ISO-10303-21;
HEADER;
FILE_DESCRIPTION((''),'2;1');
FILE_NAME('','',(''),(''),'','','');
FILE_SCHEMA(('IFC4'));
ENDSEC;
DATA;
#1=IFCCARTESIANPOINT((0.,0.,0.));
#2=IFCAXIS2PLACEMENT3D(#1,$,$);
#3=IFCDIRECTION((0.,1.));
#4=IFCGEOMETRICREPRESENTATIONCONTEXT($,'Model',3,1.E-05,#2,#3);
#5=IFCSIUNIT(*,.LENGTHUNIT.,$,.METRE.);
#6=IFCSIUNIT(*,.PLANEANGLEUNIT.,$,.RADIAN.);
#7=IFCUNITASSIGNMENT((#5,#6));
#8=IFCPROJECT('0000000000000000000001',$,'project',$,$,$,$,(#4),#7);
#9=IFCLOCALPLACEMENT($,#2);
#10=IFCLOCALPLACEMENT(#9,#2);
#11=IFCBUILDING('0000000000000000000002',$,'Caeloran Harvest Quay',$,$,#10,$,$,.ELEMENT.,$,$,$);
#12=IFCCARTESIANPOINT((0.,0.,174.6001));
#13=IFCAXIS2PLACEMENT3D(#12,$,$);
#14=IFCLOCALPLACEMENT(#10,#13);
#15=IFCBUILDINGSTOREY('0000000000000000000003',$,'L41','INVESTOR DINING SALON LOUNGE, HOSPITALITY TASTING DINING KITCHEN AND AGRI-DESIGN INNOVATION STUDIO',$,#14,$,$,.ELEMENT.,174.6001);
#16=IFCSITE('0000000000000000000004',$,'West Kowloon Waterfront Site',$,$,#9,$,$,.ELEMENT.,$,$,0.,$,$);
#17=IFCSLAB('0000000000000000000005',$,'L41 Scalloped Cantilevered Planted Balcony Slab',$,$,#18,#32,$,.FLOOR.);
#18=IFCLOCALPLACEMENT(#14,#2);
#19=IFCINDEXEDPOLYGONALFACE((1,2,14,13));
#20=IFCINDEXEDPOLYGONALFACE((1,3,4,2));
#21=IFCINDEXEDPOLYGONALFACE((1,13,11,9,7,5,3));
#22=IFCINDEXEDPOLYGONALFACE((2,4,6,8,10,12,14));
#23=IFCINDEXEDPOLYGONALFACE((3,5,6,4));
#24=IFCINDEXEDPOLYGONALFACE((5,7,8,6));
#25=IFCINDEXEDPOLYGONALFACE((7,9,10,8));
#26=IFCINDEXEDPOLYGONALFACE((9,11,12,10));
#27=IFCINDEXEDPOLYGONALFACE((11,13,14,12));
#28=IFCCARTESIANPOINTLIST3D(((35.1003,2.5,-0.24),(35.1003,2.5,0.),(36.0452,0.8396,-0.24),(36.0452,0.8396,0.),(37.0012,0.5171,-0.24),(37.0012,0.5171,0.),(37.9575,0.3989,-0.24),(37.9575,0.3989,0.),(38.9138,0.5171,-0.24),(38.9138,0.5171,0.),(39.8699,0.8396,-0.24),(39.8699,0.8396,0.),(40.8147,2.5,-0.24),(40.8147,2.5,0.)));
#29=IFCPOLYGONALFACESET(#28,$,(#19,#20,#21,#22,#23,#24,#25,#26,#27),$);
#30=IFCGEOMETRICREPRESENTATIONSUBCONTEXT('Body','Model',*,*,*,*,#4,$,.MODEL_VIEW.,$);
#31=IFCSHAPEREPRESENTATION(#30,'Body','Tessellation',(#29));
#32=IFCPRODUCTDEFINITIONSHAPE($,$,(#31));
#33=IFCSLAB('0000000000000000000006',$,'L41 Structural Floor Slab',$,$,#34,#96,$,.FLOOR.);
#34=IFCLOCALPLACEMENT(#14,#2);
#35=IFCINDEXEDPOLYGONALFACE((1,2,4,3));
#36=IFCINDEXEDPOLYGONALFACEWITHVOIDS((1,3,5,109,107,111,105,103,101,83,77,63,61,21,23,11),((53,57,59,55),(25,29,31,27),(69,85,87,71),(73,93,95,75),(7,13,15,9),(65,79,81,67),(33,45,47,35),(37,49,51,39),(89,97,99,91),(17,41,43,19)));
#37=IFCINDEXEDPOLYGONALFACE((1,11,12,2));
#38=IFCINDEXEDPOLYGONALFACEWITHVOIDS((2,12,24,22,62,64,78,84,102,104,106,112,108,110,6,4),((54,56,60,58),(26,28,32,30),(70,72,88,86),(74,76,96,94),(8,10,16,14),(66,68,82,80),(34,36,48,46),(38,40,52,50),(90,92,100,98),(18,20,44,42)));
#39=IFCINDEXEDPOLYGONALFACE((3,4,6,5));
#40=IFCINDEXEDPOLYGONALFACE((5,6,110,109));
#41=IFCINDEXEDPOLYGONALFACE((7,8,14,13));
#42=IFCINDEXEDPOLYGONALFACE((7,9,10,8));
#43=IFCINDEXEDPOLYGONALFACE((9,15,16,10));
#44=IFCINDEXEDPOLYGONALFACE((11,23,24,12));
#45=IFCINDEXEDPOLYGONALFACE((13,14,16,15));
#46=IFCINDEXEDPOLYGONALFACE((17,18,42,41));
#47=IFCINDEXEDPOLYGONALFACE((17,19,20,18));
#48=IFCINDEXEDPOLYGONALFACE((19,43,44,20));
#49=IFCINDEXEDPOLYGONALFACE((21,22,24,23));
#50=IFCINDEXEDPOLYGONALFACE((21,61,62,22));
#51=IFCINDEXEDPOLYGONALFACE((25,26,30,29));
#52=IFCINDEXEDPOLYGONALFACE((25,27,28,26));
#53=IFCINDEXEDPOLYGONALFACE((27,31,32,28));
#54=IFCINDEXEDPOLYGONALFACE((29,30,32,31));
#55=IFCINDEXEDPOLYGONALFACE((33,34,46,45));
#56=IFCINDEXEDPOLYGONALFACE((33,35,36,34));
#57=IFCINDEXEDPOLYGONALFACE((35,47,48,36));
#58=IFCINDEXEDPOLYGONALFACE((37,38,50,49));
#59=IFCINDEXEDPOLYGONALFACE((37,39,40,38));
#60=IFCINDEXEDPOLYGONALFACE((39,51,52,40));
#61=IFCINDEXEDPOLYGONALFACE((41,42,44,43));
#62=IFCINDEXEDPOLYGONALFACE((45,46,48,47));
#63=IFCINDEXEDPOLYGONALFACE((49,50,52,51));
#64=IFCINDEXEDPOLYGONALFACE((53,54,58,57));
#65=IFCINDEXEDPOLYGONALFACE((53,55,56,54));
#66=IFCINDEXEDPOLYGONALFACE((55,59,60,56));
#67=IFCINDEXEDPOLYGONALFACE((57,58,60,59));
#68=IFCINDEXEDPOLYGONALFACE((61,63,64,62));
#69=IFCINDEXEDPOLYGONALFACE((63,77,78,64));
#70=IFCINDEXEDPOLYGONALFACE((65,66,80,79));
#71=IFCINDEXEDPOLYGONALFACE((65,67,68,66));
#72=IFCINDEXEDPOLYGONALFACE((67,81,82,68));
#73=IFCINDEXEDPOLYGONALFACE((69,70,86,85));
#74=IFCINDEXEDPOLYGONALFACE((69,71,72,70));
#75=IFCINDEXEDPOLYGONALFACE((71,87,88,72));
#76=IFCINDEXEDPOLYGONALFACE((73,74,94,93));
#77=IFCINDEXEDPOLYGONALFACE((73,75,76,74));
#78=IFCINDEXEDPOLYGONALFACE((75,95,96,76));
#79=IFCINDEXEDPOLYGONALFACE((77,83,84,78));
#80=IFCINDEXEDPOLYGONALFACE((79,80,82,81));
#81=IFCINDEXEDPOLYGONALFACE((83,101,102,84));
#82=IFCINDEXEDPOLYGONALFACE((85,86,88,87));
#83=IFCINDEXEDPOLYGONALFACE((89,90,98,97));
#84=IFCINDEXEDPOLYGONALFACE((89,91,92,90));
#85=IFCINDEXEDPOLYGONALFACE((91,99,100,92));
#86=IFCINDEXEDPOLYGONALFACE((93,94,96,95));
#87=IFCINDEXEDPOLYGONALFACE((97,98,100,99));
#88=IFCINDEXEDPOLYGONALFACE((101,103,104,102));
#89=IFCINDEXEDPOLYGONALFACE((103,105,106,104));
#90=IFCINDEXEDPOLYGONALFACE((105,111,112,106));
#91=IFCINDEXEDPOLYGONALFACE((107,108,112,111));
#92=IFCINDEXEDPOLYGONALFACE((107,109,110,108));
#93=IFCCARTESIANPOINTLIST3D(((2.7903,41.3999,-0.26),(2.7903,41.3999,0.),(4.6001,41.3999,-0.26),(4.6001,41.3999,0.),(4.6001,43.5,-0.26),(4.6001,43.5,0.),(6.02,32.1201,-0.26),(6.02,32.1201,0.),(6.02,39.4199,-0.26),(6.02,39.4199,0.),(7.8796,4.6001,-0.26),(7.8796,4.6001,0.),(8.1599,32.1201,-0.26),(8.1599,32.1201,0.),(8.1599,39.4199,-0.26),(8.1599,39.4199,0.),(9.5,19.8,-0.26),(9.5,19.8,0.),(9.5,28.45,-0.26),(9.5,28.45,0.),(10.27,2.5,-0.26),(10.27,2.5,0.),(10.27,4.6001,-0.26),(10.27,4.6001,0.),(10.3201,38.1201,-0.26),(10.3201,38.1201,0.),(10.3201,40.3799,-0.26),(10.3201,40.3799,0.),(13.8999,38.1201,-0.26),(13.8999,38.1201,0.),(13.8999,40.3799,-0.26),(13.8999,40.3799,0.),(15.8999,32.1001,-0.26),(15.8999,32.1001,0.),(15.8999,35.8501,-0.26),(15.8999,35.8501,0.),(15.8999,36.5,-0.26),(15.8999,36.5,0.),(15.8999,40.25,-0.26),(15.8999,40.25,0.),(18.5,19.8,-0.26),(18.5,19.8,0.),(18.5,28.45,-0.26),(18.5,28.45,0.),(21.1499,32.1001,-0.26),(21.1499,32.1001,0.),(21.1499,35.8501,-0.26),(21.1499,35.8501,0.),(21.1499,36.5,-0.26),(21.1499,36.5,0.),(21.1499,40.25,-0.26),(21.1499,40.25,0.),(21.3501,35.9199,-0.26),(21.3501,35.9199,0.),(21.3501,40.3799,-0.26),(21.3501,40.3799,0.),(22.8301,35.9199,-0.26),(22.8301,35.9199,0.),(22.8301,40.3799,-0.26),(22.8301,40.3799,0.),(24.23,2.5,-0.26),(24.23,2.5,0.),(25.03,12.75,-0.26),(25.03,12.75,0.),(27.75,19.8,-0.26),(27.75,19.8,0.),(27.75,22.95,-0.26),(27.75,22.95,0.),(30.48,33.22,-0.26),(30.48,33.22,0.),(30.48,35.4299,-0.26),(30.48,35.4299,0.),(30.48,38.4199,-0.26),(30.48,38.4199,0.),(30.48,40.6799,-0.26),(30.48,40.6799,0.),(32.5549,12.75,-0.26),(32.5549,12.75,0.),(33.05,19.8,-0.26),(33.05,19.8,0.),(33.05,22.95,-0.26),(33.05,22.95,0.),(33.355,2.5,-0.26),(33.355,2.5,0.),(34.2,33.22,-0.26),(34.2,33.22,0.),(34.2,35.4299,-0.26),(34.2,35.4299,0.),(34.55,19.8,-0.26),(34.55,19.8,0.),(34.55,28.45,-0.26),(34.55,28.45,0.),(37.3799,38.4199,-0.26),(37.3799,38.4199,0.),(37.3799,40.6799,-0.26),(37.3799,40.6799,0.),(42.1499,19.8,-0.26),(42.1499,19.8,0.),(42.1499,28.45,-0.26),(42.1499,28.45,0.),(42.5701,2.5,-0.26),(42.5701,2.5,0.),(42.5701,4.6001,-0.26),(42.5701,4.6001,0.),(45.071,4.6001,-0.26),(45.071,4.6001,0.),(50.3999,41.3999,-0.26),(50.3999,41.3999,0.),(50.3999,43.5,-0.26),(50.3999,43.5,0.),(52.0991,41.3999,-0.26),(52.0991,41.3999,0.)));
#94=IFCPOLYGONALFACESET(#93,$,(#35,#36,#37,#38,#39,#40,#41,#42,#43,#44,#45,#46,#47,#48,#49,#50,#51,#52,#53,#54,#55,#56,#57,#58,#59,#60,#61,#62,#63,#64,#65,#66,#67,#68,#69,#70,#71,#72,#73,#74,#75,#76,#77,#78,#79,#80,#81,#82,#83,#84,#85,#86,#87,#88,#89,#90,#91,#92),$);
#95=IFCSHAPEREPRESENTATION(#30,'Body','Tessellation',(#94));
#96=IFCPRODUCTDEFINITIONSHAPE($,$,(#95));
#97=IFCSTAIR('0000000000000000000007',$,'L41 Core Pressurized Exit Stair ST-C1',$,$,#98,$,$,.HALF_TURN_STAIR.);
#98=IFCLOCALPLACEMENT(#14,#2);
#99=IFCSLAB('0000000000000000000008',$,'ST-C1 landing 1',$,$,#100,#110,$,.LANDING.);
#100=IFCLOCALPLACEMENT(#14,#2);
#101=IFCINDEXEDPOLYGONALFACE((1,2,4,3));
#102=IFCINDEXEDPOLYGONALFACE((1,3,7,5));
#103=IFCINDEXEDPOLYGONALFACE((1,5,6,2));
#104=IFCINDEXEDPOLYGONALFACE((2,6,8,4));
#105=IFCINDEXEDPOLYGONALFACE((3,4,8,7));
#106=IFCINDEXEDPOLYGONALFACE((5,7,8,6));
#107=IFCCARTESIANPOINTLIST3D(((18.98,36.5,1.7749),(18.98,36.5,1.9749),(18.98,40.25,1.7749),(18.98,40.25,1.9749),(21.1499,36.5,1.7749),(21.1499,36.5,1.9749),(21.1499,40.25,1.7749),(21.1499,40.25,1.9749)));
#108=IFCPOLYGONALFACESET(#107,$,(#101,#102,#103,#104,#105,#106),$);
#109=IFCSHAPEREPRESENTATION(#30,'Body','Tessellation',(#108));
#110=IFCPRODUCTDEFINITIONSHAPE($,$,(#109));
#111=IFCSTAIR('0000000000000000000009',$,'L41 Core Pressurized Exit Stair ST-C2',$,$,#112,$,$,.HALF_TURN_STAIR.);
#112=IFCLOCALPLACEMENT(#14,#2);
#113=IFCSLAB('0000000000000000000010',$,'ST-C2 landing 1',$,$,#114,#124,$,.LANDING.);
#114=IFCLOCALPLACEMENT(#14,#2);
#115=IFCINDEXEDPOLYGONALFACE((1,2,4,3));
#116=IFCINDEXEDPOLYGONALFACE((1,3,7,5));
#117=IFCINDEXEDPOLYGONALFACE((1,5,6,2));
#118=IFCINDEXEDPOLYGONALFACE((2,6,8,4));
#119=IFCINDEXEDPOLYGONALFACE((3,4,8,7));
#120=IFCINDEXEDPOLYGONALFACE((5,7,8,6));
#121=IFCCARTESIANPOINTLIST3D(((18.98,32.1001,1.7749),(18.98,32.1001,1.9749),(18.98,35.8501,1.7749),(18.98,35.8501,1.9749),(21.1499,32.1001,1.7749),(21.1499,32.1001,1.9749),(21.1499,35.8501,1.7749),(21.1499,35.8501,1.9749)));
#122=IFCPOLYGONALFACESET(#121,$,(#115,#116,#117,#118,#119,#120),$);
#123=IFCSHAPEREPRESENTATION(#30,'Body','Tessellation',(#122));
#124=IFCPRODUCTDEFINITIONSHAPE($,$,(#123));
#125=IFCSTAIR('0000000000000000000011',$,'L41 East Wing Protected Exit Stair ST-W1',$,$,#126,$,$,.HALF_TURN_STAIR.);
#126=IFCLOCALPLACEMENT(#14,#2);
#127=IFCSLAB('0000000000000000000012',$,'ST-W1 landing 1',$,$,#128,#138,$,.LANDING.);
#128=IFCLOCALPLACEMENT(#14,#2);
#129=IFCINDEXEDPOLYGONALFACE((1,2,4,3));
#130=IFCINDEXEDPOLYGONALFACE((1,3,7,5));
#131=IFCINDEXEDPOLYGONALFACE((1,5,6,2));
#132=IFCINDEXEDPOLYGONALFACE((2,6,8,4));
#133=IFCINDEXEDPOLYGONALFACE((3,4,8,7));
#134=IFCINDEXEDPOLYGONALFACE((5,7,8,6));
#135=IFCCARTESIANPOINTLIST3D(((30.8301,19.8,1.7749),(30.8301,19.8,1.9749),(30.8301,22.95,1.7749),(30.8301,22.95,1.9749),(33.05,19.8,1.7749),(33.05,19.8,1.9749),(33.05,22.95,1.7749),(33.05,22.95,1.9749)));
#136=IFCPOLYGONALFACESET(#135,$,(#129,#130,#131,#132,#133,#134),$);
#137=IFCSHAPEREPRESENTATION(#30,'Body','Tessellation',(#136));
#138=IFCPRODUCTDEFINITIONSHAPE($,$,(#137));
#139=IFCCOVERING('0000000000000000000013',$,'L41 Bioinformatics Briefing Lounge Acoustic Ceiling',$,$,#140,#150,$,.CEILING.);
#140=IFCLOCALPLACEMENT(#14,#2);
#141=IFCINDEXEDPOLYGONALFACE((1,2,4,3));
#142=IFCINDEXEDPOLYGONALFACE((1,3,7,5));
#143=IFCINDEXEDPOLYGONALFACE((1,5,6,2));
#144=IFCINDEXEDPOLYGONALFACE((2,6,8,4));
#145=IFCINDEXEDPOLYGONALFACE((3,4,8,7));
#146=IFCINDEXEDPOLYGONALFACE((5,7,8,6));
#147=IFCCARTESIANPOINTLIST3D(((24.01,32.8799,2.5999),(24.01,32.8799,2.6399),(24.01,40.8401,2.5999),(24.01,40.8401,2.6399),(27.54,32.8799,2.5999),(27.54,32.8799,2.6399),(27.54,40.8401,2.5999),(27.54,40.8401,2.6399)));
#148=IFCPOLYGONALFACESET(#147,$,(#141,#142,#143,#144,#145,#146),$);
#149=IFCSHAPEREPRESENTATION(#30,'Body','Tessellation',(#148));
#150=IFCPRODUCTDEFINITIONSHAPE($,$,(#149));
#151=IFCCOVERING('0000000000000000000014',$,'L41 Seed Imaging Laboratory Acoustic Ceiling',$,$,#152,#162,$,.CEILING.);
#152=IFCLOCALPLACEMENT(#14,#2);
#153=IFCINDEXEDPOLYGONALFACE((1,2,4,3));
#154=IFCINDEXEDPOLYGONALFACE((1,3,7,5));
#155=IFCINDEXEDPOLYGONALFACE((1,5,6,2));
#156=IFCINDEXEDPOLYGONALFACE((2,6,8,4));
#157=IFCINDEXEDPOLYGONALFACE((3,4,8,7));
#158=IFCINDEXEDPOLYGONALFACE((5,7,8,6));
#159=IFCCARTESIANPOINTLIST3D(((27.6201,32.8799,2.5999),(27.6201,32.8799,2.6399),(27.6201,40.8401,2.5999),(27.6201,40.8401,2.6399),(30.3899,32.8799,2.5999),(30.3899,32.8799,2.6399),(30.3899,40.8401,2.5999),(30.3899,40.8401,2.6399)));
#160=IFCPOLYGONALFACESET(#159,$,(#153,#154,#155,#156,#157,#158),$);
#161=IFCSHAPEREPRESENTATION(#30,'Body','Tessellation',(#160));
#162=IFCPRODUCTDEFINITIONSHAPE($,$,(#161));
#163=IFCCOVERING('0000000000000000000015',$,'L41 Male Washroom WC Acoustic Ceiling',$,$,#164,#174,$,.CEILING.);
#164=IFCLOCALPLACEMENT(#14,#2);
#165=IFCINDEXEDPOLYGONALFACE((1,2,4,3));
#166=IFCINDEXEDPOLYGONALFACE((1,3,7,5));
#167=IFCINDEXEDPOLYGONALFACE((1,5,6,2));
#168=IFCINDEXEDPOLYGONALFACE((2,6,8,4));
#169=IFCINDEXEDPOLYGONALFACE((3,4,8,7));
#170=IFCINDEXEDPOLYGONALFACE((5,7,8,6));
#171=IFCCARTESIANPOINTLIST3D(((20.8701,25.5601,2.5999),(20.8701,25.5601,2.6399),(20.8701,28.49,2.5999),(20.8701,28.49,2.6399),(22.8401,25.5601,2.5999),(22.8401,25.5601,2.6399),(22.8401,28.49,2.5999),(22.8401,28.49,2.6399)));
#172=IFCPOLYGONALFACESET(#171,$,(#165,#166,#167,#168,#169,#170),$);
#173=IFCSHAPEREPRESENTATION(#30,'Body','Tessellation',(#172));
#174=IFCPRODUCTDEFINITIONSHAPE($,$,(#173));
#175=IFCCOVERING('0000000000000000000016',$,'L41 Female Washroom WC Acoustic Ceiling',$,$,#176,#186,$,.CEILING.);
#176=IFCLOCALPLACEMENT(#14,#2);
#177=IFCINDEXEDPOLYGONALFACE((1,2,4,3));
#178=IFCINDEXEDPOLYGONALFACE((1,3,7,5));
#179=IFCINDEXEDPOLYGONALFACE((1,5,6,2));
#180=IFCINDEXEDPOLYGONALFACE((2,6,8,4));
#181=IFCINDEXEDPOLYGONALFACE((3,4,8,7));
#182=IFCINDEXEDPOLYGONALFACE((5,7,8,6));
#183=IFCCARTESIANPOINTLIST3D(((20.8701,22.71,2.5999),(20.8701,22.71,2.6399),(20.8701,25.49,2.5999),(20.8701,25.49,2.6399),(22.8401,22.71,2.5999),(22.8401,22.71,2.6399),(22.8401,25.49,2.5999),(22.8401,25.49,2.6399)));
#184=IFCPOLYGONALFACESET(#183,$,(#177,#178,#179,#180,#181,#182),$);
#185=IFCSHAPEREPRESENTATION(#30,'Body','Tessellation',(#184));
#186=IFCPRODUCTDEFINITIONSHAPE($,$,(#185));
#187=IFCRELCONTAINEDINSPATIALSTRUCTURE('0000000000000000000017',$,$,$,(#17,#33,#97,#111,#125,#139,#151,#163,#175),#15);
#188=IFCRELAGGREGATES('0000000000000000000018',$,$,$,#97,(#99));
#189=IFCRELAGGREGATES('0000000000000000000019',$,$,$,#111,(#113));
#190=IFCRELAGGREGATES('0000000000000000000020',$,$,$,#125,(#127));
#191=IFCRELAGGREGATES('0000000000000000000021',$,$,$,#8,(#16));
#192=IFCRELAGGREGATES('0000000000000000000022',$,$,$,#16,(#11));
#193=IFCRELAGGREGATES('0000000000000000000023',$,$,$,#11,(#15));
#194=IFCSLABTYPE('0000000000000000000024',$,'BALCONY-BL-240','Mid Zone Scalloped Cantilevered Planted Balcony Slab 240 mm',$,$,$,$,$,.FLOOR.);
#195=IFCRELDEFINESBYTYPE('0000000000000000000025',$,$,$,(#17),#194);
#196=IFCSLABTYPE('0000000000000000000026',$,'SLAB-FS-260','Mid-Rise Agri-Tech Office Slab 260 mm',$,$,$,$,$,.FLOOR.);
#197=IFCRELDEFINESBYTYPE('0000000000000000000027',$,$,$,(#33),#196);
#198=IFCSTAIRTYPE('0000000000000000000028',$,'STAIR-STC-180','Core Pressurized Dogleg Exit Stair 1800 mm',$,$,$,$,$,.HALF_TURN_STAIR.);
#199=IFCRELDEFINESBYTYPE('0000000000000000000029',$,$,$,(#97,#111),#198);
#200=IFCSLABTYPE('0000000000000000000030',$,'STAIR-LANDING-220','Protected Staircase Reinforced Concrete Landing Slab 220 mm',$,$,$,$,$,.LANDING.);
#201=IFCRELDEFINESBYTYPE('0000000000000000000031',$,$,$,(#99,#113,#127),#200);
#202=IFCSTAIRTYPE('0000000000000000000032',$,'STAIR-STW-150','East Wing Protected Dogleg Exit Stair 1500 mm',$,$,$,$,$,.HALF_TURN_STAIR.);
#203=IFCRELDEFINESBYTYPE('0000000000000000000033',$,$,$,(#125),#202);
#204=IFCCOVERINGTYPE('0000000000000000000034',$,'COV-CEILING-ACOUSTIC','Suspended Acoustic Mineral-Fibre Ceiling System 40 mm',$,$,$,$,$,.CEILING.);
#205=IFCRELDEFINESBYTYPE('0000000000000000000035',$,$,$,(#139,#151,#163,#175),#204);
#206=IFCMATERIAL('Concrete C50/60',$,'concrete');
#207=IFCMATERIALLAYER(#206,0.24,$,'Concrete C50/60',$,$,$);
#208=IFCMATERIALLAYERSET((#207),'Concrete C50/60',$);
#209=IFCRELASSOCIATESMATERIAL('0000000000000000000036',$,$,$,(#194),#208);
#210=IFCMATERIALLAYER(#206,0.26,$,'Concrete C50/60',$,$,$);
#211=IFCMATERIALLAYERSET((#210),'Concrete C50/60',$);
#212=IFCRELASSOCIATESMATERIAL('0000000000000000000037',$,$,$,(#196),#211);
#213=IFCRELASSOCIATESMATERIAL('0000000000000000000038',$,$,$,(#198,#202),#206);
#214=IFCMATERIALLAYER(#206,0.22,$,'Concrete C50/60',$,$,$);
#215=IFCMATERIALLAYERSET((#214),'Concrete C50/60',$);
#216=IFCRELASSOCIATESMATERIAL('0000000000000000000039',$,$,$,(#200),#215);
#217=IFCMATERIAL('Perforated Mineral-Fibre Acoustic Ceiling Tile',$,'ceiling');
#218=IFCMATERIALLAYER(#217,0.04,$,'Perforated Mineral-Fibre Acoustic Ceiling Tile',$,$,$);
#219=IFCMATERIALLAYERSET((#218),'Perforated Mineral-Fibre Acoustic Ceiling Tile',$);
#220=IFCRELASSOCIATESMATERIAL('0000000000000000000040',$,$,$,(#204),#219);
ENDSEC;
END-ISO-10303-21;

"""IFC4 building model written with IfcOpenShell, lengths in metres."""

from ifc_helpers import new_model, si_unit, direction, frame, origin, place, context, subcontext, project, spatial, polyline, outline, extrude, material, layer, layer_set, type_object, element, aggregate, save


model = new_model("IFC4")

# Units and contexts
model_context = context("Model", 3, precision=1e-05, world=origin(), true_north=direction((0.0, 1.0)))
body_context = subcontext(model_context, "Body", "Model", "MODEL_VIEW")
ifc_project = project(units=[si_unit("LENGTHUNIT", "METRE"), si_unit("PLANEANGLEUNIT", "RADIAN")], contexts=[model_context])

# Site, building, storey
site_placement = place(None, origin())
site = spatial("IfcSite", under=ifc_project, at=site_placement, Name="West Kowloon Waterfront Site", CompositionType="ELEMENT", RefElevation=0.0)
building_placement = place(site_placement, origin())
building = spatial("IfcBuilding", under=site, at=building_placement, Name="Caeloran Harvest Quay", CompositionType="ELEMENT")
storey_placement = place(building_placement, frame((0.0, 0.0, 174.6001)))
storey = spatial("IfcBuildingStorey", under=building, at=storey_placement, Name="L41", Description="INVESTOR DINING SALON LOUNGE, HOSPITALITY TASTING DINING KITCHEN AND AGRI-DESIGN INNOVATION STUDIO", CompositionType="ELEMENT", Elevation=174.6001)

# Slabs
ifc_material_1 = material(Name="Concrete C50/60", Category="concrete")
ifc_layer_1 = layer(ifc_material_1, 0.24, Name="Concrete C50/60")
ifc_layer_set_1 = layer_set([ifc_layer_1], Name="Concrete C50/60")
slab_type_1 = type_object("IfcSlabType", Name="BALCONY-BL-240", Description="Mid Zone Scalloped Cantilevered Planted Balcony Slab 240 mm", PredefinedType="FLOOR", material=ifc_layer_set_1)
slab_1_placement = place(storey_placement, frame((0.0, 0.0, -0.24)))
element("IfcSlab", 1, at=slab_1_placement, inside=storey, type_object=slab_type_1, Name="L41 Scalloped Cantilevered Planted Balcony Slab", PredefinedType="FLOOR", context=body_context, shape_type="SweptSolid", body=[
    extrude(outline(polyline([(39.8699, 0.8396), (38.9138, 0.5171), (37.9575, 0.3989), (37.0012, 0.5171), (36.0452, 0.8396), (35.1003, 2.5), (40.8147, 2.5), (39.8699, 0.8396)])), origin(), (0.0, 0.0, 1.0), 0.24),
])
ifc_layer_2 = layer(ifc_material_1, 0.26, Name="Concrete C50/60")
ifc_layer_set_2 = layer_set([ifc_layer_2], Name="Concrete C50/60")
slab_type_2 = type_object("IfcSlabType", Name="SLAB-FS-260", Description="Mid-Rise Agri-Tech Office Slab 260 mm", PredefinedType="FLOOR", material=ifc_layer_set_2)
slab_2_placement = place(storey_placement, frame((0.0, 0.0, -0.26)))
element("IfcSlab", 2, at=slab_2_placement, inside=storey, type_object=slab_type_2, Name="L41 Structural Floor Slab", PredefinedType="FLOOR", context=body_context, shape_type="SweptSolid", body=[
    extrude(outline(polyline([(10.27, 2.5), (24.23, 2.5), (25.03, 12.75), (32.5549, 12.75), (33.355, 2.5), (42.5701, 2.5), (42.5701, 4.6001), (45.071, 4.6001), (52.0991, 41.3999), (50.3999, 41.3999), (50.3999, 43.5), (4.6001, 43.5), (4.6001, 41.3999), (2.7903, 41.3999), (7.8796, 4.6001), (10.27, 4.6001), (10.27, 2.5)]), holes=[polyline([(27.75, 19.8), (27.75, 22.95), (33.05, 22.95), (33.05, 19.8), (27.75, 19.8)]), polyline([(18.5, 19.8), (9.5, 19.8), (9.5, 28.45), (18.5, 28.45), (18.5, 19.8)]), polyline([(42.1499, 19.8), (34.55, 19.8), (34.55, 28.45), (42.1499, 28.45), (42.1499, 19.8)]), polyline([(15.8999, 35.8501), (21.1499, 35.8501), (21.1499, 32.1001), (15.8999, 32.1001), (15.8999, 35.8501)]), polyline([(30.48, 33.22), (30.48, 35.4299), (34.2, 35.4299), (34.2, 33.22), (30.48, 33.22)]), polyline([(8.1599, 32.1201), (6.02, 32.1201), (6.02, 39.4199), (8.1599, 39.4199), (8.1599, 32.1201)]), polyline([(22.8301, 35.9199), (21.3501, 35.9199), (21.3501, 40.3799), (22.8301, 40.3799), (22.8301, 35.9199)]), polyline([(15.8999, 36.5), (15.8999, 40.25), (21.1499, 40.25), (21.1499, 36.5), (15.8999, 36.5)]), polyline([(10.3201, 38.1201), (10.3201, 40.3799), (13.8999, 40.3799), (13.8999, 38.1201), (10.3201, 38.1201)]), polyline([(30.48, 38.4199), (30.48, 40.6799), (37.3799, 40.6799), (37.3799, 38.4199), (30.48, 38.4199)])]), origin(), (0.0, 0.0, 1.0), 0.26),
])

# Stairs, slabs
stair_type_1 = type_object("IfcStairType", Name="STAIR-STC-180", Description="Core Pressurized Dogleg Exit Stair 1800 mm", PredefinedType="HALF_TURN_STAIR", material=ifc_material_1)
stair_1_placement = place(storey_placement, origin())
stair_1 = element("IfcStair", 3, at=stair_1_placement, inside=storey, type_object=stair_type_1, Name="L41 Core Pressurized Exit Stair ST-C1", PredefinedType="HALF_TURN_STAIR")
ifc_layer_3 = layer(ifc_material_1, 0.22, Name="Concrete C50/60")
ifc_layer_set_3 = layer_set([ifc_layer_3], Name="Concrete C50/60")
slab_type_3 = type_object("IfcSlabType", Name="STAIR-LANDING-220", Description="Protected Staircase Reinforced Concrete Landing Slab 220 mm", PredefinedType="LANDING", material=ifc_layer_set_3)
slab_3_placement = place(storey_placement, frame((0.0, 0.0, 1.7749)))
slab_3 = element("IfcSlab", 4, at=slab_3_placement, type_object=slab_type_3, Name="ST-C1 landing 1", PredefinedType="LANDING", context=body_context, shape_type="SweptSolid", body=[
    extrude(outline(polyline([(18.98, 36.5), (21.1499, 36.5), (21.1499, 40.25), (18.98, 40.25), (18.98, 36.5)])), origin(), (0.0, 0.0, 1.0), 0.2),
])
aggregate(stair_1, [slab_3])
stair_2_placement = place(storey_placement, origin())
stair_2 = element("IfcStair", 5, at=stair_2_placement, inside=storey, type_object=stair_type_1, Name="L41 Core Pressurized Exit Stair ST-C2", PredefinedType="HALF_TURN_STAIR")
slab_4_placement = place(storey_placement, frame((0.0, 0.0, 1.7749)))
slab_4 = element("IfcSlab", 6, at=slab_4_placement, type_object=slab_type_3, Name="ST-C2 landing 1", PredefinedType="LANDING", context=body_context, shape_type="SweptSolid", body=[
    extrude(outline(polyline([(18.98, 32.1001), (21.1499, 32.1001), (21.1499, 35.8501), (18.98, 35.8501), (18.98, 32.1001)])), origin(), (0.0, 0.0, 1.0), 0.2),
])
aggregate(stair_2, [slab_4])
stair_type_2 = type_object("IfcStairType", Name="STAIR-STW-150", Description="East Wing Protected Dogleg Exit Stair 1500 mm", PredefinedType="HALF_TURN_STAIR", material=ifc_material_1)
stair_3_placement = place(storey_placement, origin())
stair_3 = element("IfcStair", 7, at=stair_3_placement, inside=storey, type_object=stair_type_2, Name="L41 East Wing Protected Exit Stair ST-W1", PredefinedType="HALF_TURN_STAIR")
slab_5_placement = place(storey_placement, frame((0.0, 0.0, 1.7749)))
slab_5 = element("IfcSlab", 8, at=slab_5_placement, type_object=slab_type_3, Name="ST-W1 landing 1", PredefinedType="LANDING", context=body_context, shape_type="SweptSolid", body=[
    extrude(outline(polyline([(30.8301, 19.8), (33.05, 19.8), (33.05, 22.95), (30.8301, 22.95), (30.8301, 19.8)])), origin(), (0.0, 0.0, 1.0), 0.2),
])
aggregate(stair_3, [slab_5])

# Coverings
ifc_material_2 = material(Name="Perforated Mineral-Fibre Acoustic Ceiling Tile", Category="ceiling")
ifc_layer_4 = layer(ifc_material_2, 0.04, Name="Perforated Mineral-Fibre Acoustic Ceiling Tile")
ifc_layer_set_4 = layer_set([ifc_layer_4], Name="Perforated Mineral-Fibre Acoustic Ceiling Tile")
covering_type_1 = type_object("IfcCoveringType", Name="COV-CEILING-ACOUSTIC", Description="Suspended Acoustic Mineral-Fibre Ceiling System 40 mm", PredefinedType="CEILING", material=ifc_layer_set_4)
covering_1_placement = place(storey_placement, frame((0.0, 0.0, 2.5999)))
element("IfcCovering", 9, at=covering_1_placement, inside=storey, type_object=covering_type_1, Name="L41 Bioinformatics Briefing Lounge Acoustic Ceiling", PredefinedType="CEILING", context=body_context, shape_type="SweptSolid", body=[
    extrude(outline(polyline([(27.54, 40.8401), (27.54, 32.8799), (24.01, 32.8799), (24.01, 40.8401), (27.54, 40.8401)])), origin(), (0.0, 0.0, 1.0), 0.04),
])
covering_2_placement = place(storey_placement, frame((0.0, 0.0, 2.5999)))
element("IfcCovering", 10, at=covering_2_placement, inside=storey, type_object=covering_type_1, Name="L41 Seed Imaging Laboratory Acoustic Ceiling", PredefinedType="CEILING", context=body_context, shape_type="SweptSolid", body=[
    extrude(outline(polyline([(30.3899, 40.8401), (30.3899, 32.8799), (27.6201, 32.8799), (27.6201, 40.8401), (30.3899, 40.8401)])), origin(), (0.0, 0.0, 1.0), 0.04),
])
covering_3_placement = place(storey_placement, frame((0.0, 0.0, 2.5999)))
element("IfcCovering", 11, at=covering_3_placement, inside=storey, type_object=covering_type_1, Name="L41 Male Washroom WC Acoustic Ceiling", PredefinedType="CEILING", context=body_context, shape_type="SweptSolid", body=[
    extrude(outline(polyline([(22.8401, 25.5601), (20.8701, 25.5601), (20.8701, 28.49), (22.8401, 28.49), (22.8401, 25.5601)])), origin(), (0.0, 0.0, 1.0), 0.04),
])
covering_4_placement = place(storey_placement, frame((0.0, 0.0, 2.5999)))
element("IfcCovering", 12, at=covering_4_placement, inside=storey, type_object=covering_type_1, Name="L41 Female Washroom WC Acoustic Ceiling", PredefinedType="CEILING", context=body_context, shape_type="SweptSolid", body=[
    extrude(outline(polyline([(22.8401, 22.71), (20.8701, 22.71), (20.8701, 25.49), (22.8401, 25.49), (22.8401, 22.71)])), origin(), (0.0, 0.0, 1.0), 0.04),
])

save(model, "model.ifc")
